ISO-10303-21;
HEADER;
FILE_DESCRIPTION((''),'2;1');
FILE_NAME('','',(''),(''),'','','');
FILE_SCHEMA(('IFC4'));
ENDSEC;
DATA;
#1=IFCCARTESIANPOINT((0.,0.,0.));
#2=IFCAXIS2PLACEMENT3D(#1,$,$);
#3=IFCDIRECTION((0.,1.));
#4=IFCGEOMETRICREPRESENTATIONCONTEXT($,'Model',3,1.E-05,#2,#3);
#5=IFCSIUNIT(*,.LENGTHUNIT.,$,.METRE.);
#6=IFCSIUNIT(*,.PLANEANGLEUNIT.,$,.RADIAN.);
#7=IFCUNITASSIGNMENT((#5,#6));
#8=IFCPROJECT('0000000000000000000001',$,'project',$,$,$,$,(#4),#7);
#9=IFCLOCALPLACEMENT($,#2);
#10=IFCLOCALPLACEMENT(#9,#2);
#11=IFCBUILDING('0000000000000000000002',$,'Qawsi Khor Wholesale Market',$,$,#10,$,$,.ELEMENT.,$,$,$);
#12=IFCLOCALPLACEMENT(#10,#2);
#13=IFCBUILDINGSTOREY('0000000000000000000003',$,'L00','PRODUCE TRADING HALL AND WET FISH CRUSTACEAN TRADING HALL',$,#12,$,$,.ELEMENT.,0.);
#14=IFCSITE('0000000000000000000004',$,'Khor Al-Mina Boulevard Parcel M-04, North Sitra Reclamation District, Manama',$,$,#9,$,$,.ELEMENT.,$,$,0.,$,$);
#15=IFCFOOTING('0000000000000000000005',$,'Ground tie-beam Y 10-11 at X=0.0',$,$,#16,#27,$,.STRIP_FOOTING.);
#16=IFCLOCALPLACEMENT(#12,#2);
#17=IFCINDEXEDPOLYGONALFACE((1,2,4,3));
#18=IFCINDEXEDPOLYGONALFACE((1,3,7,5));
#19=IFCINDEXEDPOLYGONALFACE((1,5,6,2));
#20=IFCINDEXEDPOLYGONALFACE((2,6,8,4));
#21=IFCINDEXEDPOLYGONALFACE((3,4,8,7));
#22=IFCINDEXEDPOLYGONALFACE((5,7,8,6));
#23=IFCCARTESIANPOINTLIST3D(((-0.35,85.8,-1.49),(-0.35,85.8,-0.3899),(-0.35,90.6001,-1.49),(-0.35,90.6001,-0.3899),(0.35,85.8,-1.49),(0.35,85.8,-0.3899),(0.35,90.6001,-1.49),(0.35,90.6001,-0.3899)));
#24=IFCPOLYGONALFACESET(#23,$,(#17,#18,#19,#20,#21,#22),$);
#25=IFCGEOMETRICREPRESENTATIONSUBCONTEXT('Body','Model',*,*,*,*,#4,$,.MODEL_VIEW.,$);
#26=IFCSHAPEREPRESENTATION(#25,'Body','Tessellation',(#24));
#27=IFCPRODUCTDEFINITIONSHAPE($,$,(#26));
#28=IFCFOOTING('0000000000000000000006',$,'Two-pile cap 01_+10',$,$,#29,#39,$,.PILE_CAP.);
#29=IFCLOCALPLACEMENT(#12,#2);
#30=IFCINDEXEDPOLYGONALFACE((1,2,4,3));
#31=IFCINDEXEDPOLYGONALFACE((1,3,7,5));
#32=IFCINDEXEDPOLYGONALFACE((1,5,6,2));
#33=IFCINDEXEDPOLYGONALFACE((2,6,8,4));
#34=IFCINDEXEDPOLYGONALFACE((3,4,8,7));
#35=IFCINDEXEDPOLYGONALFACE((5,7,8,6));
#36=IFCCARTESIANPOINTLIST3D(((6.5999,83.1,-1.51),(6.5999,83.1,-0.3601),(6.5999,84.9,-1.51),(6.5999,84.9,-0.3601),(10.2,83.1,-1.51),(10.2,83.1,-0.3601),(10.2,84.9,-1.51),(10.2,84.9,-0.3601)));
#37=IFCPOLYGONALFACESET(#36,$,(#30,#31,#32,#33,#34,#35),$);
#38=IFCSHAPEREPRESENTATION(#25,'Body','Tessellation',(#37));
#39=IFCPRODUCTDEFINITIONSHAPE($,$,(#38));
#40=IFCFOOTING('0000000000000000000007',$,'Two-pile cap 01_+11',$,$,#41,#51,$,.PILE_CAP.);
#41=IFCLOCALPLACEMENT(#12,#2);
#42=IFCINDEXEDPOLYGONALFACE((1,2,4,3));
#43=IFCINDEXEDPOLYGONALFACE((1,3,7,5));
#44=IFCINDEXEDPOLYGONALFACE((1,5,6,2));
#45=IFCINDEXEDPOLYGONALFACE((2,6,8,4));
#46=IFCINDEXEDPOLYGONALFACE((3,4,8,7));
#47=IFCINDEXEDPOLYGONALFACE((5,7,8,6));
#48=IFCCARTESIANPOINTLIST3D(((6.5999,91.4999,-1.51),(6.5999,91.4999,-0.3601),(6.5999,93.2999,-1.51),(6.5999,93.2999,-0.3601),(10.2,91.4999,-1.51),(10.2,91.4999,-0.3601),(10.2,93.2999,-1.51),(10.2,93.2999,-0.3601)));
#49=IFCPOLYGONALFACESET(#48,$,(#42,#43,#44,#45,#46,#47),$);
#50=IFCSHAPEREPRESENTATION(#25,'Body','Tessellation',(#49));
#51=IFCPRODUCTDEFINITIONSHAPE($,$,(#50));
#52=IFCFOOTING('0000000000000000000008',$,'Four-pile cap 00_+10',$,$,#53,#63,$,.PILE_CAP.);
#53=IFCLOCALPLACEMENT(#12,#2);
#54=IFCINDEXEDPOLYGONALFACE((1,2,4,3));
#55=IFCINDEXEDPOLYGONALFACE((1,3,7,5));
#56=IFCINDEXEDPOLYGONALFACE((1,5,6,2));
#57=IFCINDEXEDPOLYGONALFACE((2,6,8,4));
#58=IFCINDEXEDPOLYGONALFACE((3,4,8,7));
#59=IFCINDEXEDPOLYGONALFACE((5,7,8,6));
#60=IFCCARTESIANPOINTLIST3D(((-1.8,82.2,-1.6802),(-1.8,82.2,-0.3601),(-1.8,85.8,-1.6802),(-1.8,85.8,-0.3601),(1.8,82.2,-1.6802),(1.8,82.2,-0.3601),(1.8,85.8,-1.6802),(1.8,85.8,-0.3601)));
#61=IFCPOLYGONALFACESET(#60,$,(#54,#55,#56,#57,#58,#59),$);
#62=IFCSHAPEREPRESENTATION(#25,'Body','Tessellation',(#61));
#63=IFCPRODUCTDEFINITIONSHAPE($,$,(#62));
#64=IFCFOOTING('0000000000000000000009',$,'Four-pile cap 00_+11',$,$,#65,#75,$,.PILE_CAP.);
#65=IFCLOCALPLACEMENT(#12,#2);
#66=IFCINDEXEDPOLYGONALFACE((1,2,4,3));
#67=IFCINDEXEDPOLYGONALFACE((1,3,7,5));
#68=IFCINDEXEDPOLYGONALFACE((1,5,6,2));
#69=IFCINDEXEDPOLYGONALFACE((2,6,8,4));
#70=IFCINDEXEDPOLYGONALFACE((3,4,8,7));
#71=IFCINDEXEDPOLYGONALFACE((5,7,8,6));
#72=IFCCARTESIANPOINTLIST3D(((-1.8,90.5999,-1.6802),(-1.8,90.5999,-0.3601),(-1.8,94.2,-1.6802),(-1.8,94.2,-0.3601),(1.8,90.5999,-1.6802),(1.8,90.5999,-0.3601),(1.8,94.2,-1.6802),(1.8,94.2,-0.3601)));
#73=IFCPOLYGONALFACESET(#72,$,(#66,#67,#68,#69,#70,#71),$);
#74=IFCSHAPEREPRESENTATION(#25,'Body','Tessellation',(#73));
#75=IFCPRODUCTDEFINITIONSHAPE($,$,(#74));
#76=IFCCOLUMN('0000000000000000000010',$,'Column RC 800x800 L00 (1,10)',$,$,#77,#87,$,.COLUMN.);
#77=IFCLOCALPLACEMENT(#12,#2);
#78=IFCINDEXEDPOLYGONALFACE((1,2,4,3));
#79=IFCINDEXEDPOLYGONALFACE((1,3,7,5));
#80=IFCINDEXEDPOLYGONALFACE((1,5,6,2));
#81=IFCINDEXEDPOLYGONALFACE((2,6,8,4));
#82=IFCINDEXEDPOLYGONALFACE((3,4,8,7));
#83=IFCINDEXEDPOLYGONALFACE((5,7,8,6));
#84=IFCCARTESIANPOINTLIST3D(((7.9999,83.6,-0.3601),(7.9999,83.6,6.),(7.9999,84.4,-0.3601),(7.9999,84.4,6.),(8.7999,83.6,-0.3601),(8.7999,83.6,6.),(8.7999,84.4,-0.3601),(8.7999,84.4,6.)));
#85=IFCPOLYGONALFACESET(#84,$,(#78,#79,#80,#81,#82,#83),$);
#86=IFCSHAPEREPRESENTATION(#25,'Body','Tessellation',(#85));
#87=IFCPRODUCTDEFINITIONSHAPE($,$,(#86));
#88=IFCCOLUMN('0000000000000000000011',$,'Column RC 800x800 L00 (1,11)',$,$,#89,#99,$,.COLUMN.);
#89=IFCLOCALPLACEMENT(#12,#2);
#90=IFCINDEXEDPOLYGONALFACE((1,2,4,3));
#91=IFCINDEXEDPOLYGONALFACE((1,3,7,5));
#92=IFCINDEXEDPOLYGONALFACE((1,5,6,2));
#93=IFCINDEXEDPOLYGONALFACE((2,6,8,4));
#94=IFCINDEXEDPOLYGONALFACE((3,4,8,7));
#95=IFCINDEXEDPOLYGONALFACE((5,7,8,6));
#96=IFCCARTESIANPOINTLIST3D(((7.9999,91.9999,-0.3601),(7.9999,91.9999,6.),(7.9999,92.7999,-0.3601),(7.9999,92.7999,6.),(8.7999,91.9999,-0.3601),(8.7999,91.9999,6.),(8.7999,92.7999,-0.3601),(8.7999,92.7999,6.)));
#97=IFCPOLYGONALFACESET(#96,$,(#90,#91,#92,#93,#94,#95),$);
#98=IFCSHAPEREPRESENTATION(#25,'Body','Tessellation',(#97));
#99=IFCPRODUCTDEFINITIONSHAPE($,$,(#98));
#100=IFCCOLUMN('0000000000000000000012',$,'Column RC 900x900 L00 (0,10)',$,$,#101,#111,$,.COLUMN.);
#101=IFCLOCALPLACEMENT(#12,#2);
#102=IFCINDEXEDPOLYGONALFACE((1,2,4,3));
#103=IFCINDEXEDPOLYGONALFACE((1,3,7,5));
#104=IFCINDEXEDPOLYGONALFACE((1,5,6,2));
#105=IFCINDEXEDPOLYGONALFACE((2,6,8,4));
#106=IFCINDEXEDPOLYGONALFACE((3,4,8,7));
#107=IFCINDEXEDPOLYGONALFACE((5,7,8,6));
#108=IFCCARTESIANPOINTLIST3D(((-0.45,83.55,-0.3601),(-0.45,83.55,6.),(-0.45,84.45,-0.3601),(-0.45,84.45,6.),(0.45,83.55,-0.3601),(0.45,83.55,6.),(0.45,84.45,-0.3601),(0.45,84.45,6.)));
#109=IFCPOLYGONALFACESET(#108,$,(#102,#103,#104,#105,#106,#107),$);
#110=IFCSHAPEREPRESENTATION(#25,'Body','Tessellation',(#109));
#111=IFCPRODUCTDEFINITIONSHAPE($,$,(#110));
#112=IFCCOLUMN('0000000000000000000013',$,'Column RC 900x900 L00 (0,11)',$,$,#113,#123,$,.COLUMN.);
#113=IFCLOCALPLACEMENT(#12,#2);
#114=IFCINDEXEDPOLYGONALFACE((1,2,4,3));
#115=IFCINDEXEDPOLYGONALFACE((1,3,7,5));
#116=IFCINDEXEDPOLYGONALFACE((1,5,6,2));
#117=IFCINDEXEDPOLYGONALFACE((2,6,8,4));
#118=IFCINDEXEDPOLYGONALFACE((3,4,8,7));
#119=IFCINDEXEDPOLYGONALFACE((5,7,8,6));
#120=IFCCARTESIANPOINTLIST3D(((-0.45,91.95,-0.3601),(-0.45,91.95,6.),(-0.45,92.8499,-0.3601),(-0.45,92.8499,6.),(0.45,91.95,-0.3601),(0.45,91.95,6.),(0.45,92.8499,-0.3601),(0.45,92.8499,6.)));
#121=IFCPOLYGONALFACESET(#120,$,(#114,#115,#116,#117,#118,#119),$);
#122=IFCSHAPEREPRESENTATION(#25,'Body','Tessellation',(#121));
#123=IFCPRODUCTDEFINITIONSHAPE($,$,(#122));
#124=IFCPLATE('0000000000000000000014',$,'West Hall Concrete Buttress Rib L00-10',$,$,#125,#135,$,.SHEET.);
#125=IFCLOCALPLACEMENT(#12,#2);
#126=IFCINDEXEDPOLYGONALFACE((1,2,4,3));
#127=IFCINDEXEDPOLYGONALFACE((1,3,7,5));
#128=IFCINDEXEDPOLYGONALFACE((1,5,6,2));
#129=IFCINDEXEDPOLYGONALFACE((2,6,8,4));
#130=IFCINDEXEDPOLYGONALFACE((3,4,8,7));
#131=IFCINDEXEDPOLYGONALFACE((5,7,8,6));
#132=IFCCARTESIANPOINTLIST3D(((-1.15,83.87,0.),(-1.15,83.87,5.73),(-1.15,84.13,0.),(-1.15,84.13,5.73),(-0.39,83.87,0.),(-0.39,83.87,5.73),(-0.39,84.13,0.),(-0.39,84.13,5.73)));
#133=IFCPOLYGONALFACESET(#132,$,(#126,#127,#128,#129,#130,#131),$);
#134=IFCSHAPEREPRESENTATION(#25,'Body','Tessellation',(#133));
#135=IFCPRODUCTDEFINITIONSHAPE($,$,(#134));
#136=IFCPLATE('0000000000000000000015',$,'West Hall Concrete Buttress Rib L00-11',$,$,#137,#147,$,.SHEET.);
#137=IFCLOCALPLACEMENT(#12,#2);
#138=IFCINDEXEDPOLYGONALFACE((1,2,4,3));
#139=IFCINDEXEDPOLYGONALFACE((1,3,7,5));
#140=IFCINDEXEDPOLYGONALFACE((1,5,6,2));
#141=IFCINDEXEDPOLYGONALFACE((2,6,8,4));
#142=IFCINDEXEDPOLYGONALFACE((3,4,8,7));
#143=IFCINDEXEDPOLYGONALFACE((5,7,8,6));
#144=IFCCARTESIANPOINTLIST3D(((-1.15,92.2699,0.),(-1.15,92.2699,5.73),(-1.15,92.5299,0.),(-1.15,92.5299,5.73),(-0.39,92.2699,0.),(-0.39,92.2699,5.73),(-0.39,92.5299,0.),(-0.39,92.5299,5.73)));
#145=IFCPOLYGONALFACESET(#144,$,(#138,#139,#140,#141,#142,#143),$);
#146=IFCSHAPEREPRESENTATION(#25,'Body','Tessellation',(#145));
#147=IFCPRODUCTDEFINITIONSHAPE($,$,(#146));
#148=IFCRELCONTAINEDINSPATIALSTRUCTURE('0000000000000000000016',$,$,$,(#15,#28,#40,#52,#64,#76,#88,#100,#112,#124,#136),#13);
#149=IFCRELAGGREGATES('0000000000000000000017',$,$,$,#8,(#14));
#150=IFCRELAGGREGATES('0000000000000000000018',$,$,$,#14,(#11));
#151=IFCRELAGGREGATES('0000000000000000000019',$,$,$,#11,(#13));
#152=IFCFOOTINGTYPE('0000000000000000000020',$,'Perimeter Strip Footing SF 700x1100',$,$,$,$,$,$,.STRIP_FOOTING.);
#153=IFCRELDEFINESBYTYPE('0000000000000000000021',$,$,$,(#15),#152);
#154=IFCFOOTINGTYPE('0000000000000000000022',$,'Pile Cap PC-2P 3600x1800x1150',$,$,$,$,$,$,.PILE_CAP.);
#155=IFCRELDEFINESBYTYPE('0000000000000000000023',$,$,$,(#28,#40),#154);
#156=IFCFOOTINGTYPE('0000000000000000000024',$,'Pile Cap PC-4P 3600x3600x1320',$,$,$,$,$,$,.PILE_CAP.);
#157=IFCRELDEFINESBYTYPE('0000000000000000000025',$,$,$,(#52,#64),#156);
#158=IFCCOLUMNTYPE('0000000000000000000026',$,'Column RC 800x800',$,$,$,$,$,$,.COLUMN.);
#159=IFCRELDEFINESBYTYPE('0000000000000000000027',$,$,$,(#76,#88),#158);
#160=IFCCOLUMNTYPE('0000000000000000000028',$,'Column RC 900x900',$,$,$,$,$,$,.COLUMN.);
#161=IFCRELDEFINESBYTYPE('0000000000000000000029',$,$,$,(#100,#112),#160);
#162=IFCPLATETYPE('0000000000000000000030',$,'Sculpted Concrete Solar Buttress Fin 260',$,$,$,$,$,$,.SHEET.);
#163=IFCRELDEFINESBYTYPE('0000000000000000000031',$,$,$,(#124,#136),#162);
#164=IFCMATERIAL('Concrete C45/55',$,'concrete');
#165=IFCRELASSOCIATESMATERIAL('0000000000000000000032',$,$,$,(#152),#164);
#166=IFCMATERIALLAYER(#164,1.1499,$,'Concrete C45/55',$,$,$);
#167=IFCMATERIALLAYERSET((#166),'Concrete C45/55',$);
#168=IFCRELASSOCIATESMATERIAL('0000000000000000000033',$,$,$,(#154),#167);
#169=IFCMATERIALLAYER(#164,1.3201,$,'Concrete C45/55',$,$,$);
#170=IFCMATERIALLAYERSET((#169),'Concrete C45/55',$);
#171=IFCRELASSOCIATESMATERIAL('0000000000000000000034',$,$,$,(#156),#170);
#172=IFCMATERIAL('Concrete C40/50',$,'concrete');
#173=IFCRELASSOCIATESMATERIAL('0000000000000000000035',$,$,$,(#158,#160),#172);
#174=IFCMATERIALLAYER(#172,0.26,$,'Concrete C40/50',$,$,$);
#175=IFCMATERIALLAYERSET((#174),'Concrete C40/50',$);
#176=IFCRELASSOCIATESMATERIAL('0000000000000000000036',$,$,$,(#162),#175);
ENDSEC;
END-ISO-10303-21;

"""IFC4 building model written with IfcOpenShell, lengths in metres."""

from ifc_helpers import new_model, si_unit, direction, frame, frame_2d, origin, origin_2d, place, context, subcontext, project, spatial, rectangle, extrude, material, layer, layer_set, material_profile, profile_set, type_object, element, save


model = new_model("IFC4")

# Units and contexts
model_context = context("Model", 3, precision=1e-05, world=origin(), true_north=direction((0.0, 1.0)))
body_context = subcontext(model_context, "Body", "Model", "MODEL_VIEW")
ifc_project = project(units=[si_unit("LENGTHUNIT", "METRE"), si_unit("PLANEANGLEUNIT", "RADIAN")], contexts=[model_context])

# Site, building, storey
site_placement = place(None, origin())
site = spatial("IfcSite", under=ifc_project, at=site_placement, Name="Khor Al-Mina Boulevard Parcel M-04, North Sitra Reclamation District, Manama", CompositionType="ELEMENT", RefElevation=0.0)
building_placement = place(site_placement, origin())
building = spatial("IfcBuilding", under=site, at=building_placement, Name="Qawsi Khor Wholesale Market", CompositionType="ELEMENT")
storey_placement = place(building_placement, origin())
storey = spatial("IfcBuildingStorey", under=building, at=storey_placement, Name="L00", Description="PRODUCE TRADING HALL AND WET FISH CRUSTACEAN TRADING HALL", CompositionType="ELEMENT", Elevation=0.0)

# Shared definitions
ifc_material_1 = material(Name="Concrete C45/55", Category="concrete")

# Footings
ifc_material_profile_1 = material_profile(ifc_material_1, rectangle(XDim=0.7, YDim=1.1001, at=origin_2d()), Name="RC 700x1100")
ifc_profile_set_1 = profile_set([ifc_material_profile_1], Name="Concrete C45/55")
footing_type_1 = type_object("IfcFootingType", Name="Perimeter Strip Footing SF 700x1100", PredefinedType="STRIP_FOOTING", material=ifc_profile_set_1)
footing_1_placement = place(storey_placement, frame((0.0, 85.8, -0.9399), z_axis=(0.0, 1.0, 0.0), x_axis=(-1.0, 0.0, 0.0)))
element("IfcFooting", 1, at=footing_1_placement, inside=storey, type_object=footing_type_1, Name="Ground tie-beam Y 10-11 at X=0.0", PredefinedType="STRIP_FOOTING", context=body_context, shape_type="SweptSolid", body=[
    extrude(rectangle(XDim=0.7, YDim=1.1001, at=origin_2d()), origin(), (0.0, 0.0, 1.0), 4.8),
])
ifc_layer_1 = layer(ifc_material_1, 1.1499, Name="Concrete C45/55")
ifc_layer_set_1 = layer_set([ifc_layer_1], Name="Concrete C45/55")
footing_type_2 = type_object("IfcFootingType", Name="Pile Cap PC-2P 3600x1800x1150", PredefinedType="PILE_CAP", material=ifc_layer_set_1)
for number, where, z_axis, x_axis, name in (
    (2, (8.3999, 84.0, -1.51), (0.0, 0.0, 1.0), (1.0, 0.0, 0.0), "Two-pile cap 01_+10"),
    (3, (8.3999, 92.3999, -1.51), (0.0, 0.0, 1.0), (1.0, 0.0, 0.0), "Two-pile cap 01_+11"),
):
    element("IfcFooting", number, at=place(storey_placement, frame(where, z_axis=z_axis, x_axis=x_axis)), inside=storey, type_object=footing_type_2, Name=name, PredefinedType="PILE_CAP", context=body_context, shape_type="SweptSolid", body=[
        extrude(rectangle(XDim=3.6001, YDim=1.8, at=origin_2d()), origin(), (0.0, 0.0, 1.0), 1.1499),
    ])
ifc_layer_2 = layer(ifc_material_1, 1.3201, Name="Concrete C45/55")
ifc_layer_set_2 = layer_set([ifc_layer_2], Name="Concrete C45/55")
footing_type_3 = type_object("IfcFootingType", Name="Pile Cap PC-4P 3600x3600x1320", PredefinedType="PILE_CAP", material=ifc_layer_set_2)
for number, where, z_axis, x_axis, name in (
    (4, (0.0, 84.0, -1.6802), (0.0, 0.0, 1.0), (1.0, 0.0, 0.0), "Four-pile cap 00_+10"),
    (5, (0.0, 92.3999, -1.6802), (0.0, 0.0, 1.0), (1.0, 0.0, 0.0), "Four-pile cap 00_+11"),
):
    element("IfcFooting", number, at=place(storey_placement, frame(where, z_axis=z_axis, x_axis=x_axis)), inside=storey, type_object=footing_type_3, Name=name, PredefinedType="PILE_CAP", context=body_context, shape_type="SweptSolid", body=[
        extrude(rectangle(XDim=3.6001, YDim=3.6001, at=origin_2d()), origin(), (0.0, 0.0, 1.0), 1.3201),
    ])

# Columns
ifc_material_2 = material(Name="Concrete C40/50", Category="concrete")
ifc_material_profile_2 = material_profile(ifc_material_2, rectangle(XDim=0.8, YDim=0.8, at=origin_2d()), Name="RC 800x800")
ifc_profile_set_2 = profile_set([ifc_material_profile_2], Name="Concrete C40/50")
column_type_1 = type_object("IfcColumnType", Name="Column RC 800x800", PredefinedType="COLUMN", material=ifc_profile_set_2)
for number, where, z_axis, x_axis, name in (
    (6, (8.3999, 84.0, -0.3601), (0.0, 0.0, 1.0), (1.0, 0.0, 0.0), "Column RC 800x800 L00 (1,10)"),
    (7, (8.3999, 92.3999, -0.3601), (0.0, 0.0, 1.0), (1.0, 0.0, 0.0), "Column RC 800x800 L00 (1,11)"),
):
    element("IfcColumn", number, at=place(storey_placement, frame(where, z_axis=z_axis, x_axis=x_axis)), inside=storey, type_object=column_type_1, Name=name, PredefinedType="COLUMN", context=body_context, shape_type="SweptSolid", body=[
        extrude(rectangle(XDim=0.8, YDim=0.8, at=origin_2d()), origin(), (0.0, 0.0, 1.0), 6.3601),
    ])
ifc_material_profile_3 = material_profile(ifc_material_2, rectangle(XDim=0.8999, YDim=0.8999, at=origin_2d()), Name="RC 900x900")
ifc_profile_set_3 = profile_set([ifc_material_profile_3], Name="Concrete C40/50")
column_type_2 = type_object("IfcColumnType", Name="Column RC 900x900", PredefinedType="COLUMN", material=ifc_profile_set_3)
for number, where, z_axis, x_axis, name in (
    (8, (0.0, 84.0, -0.3601), (0.0, 0.0, 1.0), (1.0, 0.0, 0.0), "Column RC 900x900 L00 (0,10)"),
    (9, (0.0, 92.3999, -0.3601), (0.0, 0.0, 1.0), (1.0, 0.0, 0.0), "Column RC 900x900 L00 (0,11)"),
):
    element("IfcColumn", number, at=place(storey_placement, frame(where, z_axis=z_axis, x_axis=x_axis)), inside=storey, type_object=column_type_2, Name=name, PredefinedType="COLUMN", context=body_context, shape_type="SweptSolid", body=[
        extrude(rectangle(XDim=0.8999, YDim=0.8999, at=origin_2d()), origin(), (0.0, 0.0, 1.0), 6.3601),
    ])

# Plates
ifc_layer_3 = layer(ifc_material_2, 0.26, Name="Concrete C40/50")
ifc_layer_set_3 = layer_set([ifc_layer_3], Name="Concrete C40/50")
plate_type = type_object("IfcPlateType", Name="Sculpted Concrete Solar Buttress Fin 260", PredefinedType="SHEET", material=ifc_layer_set_3)
for number, where, z_axis, x_axis, name in (
    (10, (-1.1499, 84.0, 0.0), (0.0, 0.0, 1.0), (1.0, 0.0, 0.0), "West Hall Concrete Buttress Rib L00-10"),
    (11, (-1.1499, 92.3999, 0.0), (0.0, 0.0, 1.0), (1.0, 0.0, 0.0), "West Hall Concrete Buttress Rib L00-11"),
):
    element("IfcPlate", number, at=place(storey_placement, frame(where, z_axis=z_axis, x_axis=x_axis)), inside=storey, type_object=plate_type, Name=name, PredefinedType="SHEET", context=body_context, shape_type="SweptSolid", body=[
        extrude(rectangle(XDim=0.76, YDim=0.26, at=frame_2d((0.3799, 0.0))), origin(), (0.0, 0.0, 1.0), 5.73),
    ])

save(model, "model.ifc")
